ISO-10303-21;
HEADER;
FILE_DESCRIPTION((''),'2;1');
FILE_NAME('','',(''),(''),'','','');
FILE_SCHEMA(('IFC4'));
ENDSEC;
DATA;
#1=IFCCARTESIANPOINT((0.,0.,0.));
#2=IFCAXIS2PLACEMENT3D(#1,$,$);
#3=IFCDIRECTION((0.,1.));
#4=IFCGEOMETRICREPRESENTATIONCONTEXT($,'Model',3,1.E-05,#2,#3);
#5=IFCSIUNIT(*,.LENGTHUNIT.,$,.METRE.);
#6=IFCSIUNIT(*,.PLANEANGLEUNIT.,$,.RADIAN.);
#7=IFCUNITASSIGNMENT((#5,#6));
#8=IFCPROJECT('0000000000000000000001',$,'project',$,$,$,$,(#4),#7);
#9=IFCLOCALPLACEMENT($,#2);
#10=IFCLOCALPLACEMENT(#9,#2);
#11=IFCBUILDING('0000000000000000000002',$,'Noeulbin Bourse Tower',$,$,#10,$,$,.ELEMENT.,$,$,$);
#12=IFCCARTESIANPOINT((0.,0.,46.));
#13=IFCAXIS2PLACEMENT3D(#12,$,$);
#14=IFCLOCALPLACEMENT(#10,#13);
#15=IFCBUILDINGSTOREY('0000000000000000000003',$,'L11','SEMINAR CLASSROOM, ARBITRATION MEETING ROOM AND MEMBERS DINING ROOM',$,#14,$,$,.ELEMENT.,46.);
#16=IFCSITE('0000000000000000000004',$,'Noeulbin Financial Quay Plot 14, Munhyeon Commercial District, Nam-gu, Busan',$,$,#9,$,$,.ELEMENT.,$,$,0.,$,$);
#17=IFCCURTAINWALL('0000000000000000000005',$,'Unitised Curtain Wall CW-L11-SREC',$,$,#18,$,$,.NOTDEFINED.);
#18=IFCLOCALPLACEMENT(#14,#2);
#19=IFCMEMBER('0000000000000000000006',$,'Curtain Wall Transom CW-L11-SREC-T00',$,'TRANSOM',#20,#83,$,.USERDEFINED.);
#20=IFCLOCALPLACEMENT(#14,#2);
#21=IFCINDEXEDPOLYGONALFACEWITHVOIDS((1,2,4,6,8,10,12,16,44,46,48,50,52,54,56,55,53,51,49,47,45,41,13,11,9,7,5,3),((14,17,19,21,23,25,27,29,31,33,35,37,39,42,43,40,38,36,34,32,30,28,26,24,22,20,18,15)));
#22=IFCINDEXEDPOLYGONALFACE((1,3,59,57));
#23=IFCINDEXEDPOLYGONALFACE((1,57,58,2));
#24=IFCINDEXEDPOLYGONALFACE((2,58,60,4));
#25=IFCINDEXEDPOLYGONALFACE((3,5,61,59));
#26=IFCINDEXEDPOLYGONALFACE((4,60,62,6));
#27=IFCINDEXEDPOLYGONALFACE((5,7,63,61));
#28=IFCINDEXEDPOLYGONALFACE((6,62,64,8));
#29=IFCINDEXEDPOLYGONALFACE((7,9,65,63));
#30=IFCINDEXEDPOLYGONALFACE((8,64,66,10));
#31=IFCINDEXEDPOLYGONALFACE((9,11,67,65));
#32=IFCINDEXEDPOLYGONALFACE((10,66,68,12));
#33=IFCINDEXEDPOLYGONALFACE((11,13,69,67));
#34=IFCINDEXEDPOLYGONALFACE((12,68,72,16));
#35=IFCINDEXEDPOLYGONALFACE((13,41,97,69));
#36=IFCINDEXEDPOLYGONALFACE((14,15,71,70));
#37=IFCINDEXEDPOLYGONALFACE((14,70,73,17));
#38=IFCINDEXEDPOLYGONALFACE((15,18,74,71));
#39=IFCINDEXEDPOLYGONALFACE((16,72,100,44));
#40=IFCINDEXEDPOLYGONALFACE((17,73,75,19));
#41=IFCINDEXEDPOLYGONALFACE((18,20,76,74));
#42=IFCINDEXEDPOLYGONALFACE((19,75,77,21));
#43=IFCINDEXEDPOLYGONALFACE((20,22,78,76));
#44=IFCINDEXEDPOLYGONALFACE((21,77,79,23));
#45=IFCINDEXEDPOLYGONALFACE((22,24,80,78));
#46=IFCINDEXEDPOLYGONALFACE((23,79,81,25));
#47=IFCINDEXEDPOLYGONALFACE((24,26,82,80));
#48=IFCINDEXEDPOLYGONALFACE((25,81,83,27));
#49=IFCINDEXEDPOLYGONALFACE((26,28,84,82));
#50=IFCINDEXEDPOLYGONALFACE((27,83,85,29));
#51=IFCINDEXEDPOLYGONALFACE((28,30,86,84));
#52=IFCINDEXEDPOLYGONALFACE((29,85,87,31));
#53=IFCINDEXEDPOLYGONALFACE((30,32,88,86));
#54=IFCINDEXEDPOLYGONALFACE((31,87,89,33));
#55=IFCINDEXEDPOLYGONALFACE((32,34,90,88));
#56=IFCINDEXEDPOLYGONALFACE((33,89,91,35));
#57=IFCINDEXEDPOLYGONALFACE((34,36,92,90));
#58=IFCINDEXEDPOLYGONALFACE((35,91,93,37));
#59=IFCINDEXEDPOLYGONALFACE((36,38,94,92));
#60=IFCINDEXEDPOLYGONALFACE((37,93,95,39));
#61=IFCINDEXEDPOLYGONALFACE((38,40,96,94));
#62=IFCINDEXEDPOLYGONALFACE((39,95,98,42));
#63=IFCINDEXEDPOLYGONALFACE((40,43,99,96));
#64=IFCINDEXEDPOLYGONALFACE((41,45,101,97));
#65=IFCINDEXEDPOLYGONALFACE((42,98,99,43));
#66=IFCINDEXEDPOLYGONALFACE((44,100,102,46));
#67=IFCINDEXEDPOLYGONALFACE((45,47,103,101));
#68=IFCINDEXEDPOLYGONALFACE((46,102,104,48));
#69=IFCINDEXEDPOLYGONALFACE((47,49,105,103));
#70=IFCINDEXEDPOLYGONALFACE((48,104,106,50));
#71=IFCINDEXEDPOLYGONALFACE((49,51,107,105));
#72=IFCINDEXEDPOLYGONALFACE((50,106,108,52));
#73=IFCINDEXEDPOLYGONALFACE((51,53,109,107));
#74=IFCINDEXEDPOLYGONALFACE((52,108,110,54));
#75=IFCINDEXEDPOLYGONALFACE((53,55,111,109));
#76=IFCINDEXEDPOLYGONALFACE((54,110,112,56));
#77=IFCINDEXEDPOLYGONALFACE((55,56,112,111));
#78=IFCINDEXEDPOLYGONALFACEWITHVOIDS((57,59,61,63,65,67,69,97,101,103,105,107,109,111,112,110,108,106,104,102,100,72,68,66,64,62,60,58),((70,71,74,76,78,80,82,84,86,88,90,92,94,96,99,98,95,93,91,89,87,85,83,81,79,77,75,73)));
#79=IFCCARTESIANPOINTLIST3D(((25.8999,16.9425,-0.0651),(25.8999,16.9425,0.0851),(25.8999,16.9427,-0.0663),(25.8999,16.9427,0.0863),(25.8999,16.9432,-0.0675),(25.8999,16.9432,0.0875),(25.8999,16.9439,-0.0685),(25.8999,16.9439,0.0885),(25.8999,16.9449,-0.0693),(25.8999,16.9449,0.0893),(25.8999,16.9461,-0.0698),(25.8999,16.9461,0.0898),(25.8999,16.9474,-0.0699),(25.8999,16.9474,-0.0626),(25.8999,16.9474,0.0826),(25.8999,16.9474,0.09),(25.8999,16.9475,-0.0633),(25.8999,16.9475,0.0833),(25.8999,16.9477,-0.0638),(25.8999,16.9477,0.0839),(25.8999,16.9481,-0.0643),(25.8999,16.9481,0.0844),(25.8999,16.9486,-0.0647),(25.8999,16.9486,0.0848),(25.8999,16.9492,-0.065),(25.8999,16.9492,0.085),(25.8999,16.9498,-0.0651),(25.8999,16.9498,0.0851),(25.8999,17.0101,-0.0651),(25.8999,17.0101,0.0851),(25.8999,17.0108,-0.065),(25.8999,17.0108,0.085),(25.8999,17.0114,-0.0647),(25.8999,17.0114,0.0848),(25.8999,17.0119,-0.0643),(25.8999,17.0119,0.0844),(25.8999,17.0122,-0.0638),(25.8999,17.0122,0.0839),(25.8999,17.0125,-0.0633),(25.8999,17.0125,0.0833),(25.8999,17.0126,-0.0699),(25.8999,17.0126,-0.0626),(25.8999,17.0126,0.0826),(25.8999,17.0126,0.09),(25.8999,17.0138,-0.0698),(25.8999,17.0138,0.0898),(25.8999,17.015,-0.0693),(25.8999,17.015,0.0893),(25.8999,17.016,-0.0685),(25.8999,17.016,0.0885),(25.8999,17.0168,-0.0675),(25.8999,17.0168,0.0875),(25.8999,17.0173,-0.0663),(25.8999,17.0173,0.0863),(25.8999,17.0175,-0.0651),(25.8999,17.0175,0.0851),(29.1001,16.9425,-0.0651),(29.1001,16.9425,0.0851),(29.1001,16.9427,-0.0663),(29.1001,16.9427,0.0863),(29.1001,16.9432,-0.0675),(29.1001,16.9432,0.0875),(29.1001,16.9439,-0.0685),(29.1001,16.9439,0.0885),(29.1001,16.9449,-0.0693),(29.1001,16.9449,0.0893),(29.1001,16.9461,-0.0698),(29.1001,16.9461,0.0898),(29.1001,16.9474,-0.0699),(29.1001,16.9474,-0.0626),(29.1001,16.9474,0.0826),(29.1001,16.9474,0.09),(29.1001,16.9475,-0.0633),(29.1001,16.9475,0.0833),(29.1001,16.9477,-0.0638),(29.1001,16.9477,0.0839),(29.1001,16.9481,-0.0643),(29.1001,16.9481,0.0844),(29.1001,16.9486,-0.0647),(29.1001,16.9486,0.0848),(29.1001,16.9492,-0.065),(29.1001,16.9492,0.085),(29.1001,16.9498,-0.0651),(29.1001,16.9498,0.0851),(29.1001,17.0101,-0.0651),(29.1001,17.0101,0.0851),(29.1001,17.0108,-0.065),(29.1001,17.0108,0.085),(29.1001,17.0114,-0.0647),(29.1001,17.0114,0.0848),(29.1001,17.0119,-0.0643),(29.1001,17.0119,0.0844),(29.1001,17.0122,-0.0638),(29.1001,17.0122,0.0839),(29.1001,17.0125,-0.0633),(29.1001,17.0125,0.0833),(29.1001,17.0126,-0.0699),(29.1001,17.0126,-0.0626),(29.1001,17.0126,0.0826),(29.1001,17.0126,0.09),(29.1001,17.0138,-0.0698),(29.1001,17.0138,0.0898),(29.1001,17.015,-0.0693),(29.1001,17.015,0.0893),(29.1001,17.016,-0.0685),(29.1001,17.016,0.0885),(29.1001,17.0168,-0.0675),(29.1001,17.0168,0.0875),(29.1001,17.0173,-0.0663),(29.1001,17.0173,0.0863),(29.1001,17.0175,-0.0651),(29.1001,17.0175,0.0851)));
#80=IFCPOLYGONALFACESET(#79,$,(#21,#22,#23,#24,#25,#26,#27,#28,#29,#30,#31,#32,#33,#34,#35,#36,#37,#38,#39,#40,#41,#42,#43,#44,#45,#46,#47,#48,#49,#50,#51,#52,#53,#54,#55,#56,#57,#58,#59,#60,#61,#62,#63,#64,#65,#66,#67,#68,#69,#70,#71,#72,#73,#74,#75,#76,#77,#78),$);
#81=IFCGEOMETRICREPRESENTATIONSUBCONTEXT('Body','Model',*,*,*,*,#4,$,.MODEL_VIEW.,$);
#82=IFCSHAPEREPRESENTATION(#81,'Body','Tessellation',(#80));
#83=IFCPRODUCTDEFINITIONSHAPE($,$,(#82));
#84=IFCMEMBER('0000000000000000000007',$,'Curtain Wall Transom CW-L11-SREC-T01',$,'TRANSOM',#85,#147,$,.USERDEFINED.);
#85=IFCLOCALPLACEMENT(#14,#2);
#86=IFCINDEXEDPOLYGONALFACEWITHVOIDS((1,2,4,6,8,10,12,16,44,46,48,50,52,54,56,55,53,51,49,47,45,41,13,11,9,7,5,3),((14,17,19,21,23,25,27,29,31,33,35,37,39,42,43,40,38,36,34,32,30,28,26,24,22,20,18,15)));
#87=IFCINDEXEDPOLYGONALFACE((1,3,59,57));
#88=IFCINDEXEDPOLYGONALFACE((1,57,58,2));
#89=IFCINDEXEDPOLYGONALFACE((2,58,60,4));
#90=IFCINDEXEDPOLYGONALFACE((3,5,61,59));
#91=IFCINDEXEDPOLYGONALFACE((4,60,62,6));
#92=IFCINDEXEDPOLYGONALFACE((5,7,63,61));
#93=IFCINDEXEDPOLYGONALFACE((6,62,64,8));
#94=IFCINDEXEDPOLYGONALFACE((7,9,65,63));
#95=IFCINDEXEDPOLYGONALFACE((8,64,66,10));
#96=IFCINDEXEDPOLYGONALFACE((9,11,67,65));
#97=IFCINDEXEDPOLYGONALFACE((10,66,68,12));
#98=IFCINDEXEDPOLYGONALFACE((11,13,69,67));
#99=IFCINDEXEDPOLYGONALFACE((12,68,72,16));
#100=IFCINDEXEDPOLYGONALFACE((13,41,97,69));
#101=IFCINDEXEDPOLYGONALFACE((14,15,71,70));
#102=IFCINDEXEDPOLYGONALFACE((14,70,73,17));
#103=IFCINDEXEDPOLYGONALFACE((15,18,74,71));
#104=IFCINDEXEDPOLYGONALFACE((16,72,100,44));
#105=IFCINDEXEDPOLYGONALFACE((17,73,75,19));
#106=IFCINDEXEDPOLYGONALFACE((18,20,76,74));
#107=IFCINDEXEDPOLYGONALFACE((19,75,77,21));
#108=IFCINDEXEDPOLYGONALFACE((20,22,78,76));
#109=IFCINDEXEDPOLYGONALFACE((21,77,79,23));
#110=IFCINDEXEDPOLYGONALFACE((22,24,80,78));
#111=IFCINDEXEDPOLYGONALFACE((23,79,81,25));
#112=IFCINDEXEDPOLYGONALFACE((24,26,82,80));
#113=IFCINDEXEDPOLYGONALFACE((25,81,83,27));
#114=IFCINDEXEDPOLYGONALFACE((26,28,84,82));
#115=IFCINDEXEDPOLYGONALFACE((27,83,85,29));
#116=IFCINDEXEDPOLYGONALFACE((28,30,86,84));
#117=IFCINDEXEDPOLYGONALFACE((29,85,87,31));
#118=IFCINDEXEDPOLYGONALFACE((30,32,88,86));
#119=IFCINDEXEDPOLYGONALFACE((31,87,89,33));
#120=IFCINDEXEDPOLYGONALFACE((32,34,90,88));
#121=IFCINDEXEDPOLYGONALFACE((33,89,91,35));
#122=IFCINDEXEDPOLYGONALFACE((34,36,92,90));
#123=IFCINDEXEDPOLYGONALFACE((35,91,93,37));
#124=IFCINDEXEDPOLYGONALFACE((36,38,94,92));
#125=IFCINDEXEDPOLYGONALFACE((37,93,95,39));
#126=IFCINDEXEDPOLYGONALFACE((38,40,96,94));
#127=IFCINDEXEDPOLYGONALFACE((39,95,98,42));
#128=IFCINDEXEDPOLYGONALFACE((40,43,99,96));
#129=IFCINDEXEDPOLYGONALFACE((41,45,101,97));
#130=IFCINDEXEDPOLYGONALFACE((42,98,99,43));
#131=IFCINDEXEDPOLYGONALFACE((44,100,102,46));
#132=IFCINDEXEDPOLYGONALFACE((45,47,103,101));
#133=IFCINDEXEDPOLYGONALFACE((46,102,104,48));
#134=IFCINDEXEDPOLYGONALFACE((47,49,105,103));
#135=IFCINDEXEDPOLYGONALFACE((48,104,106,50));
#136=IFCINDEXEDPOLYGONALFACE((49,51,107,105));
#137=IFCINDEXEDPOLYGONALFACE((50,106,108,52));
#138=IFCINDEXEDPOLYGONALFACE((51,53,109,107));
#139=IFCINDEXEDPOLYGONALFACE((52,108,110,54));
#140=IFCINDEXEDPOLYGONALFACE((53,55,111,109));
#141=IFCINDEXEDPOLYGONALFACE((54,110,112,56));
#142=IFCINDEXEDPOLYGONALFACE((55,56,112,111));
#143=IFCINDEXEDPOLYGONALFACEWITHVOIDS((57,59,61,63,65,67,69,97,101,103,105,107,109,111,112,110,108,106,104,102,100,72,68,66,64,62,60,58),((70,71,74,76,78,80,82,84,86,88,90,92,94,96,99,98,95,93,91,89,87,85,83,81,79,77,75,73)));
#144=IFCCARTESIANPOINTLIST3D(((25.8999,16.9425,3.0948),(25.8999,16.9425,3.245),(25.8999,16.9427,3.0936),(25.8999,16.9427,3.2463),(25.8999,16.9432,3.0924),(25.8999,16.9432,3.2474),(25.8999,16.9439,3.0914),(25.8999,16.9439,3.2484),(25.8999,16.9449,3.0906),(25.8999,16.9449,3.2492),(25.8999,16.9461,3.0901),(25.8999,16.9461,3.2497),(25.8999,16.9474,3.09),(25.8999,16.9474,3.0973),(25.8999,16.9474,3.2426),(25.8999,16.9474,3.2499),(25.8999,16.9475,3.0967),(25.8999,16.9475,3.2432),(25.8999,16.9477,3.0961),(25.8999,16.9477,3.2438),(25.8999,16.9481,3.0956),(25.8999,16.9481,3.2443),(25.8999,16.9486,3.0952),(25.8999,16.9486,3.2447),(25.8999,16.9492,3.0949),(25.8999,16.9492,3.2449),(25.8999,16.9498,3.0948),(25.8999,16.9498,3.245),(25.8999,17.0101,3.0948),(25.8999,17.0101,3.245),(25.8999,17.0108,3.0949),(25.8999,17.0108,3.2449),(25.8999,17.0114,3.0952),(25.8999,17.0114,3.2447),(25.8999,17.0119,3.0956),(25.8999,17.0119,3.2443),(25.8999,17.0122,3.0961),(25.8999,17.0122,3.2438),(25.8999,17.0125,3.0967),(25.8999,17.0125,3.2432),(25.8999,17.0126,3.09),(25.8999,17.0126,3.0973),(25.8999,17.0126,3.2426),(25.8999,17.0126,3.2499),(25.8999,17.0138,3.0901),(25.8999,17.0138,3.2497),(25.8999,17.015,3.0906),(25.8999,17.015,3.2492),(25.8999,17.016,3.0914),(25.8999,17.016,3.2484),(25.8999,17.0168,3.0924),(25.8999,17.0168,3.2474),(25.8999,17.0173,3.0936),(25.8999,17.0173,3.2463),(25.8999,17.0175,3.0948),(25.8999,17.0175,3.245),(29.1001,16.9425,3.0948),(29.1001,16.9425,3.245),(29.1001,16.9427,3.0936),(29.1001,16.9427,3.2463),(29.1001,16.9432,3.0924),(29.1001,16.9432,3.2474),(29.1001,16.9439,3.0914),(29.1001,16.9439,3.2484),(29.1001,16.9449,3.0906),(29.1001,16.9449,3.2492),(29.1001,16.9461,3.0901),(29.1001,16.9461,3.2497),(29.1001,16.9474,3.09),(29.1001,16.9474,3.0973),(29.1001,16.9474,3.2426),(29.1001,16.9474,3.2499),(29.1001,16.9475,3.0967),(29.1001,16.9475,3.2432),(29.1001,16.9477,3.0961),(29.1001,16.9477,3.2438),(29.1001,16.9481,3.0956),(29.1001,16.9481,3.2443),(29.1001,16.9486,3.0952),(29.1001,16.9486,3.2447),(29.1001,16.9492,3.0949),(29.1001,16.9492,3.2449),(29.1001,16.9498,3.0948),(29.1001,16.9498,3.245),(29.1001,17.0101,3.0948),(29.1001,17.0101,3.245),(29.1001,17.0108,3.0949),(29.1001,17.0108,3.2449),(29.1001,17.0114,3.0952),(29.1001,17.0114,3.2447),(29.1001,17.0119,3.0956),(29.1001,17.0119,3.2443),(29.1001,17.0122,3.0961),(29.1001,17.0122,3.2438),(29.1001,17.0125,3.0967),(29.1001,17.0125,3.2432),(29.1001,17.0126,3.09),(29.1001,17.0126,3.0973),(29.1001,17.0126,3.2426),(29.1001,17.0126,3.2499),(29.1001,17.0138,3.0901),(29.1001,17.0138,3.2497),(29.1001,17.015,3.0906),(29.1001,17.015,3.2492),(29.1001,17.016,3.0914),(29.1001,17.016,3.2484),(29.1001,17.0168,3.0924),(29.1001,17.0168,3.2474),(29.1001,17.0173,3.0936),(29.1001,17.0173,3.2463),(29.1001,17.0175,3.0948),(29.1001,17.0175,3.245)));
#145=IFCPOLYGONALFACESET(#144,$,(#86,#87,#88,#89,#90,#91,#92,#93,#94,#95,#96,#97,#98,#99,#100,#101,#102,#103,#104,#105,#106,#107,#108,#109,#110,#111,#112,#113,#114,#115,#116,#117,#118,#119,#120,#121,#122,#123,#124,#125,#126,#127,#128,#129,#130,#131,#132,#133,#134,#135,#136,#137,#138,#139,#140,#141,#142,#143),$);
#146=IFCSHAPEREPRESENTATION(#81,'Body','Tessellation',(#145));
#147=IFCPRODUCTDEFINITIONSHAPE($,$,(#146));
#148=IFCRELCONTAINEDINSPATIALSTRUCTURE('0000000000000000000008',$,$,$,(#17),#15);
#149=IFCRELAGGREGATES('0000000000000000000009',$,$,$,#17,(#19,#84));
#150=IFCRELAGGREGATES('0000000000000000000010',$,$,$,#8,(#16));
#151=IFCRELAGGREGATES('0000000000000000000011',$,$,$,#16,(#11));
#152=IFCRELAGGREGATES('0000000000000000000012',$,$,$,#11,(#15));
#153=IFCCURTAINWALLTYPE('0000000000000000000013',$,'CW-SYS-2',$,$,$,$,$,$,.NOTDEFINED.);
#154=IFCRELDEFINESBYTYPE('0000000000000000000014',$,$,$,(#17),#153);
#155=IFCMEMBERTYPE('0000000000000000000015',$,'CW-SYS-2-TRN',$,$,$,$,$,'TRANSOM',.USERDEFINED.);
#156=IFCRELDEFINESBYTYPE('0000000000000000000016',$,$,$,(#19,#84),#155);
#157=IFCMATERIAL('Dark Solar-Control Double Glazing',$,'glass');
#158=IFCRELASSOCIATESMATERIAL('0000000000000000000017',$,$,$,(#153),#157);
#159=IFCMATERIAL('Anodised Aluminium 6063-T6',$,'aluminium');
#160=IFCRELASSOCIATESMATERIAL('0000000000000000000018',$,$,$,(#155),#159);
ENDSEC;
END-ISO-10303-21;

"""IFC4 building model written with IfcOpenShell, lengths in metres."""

from ifc_helpers import new_model, si_unit, direction, frame, origin, origin_2d, place, context, subcontext, project, spatial, hollow_rectangle, extrude, material, material_profile, profile_set, type_object, element, aggregate, save


model = new_model("IFC4")

# Units and contexts
model_context = context("Model", 3, precision=1e-05, world=origin(), true_north=direction((0.0, 1.0)))
body_context = subcontext(model_context, "Body", "Model", "MODEL_VIEW")
ifc_project = project(units=[si_unit("LENGTHUNIT", "METRE"), si_unit("PLANEANGLEUNIT", "RADIAN")], contexts=[model_context])

# Site, building, storey
site_placement = place(None, origin())
site = spatial("IfcSite", under=ifc_project, at=site_placement, Name="Noeulbin Financial Quay Plot 14, Munhyeon Commercial District, Nam-gu, Busan", CompositionType="ELEMENT", RefElevation=0.0)
building_placement = place(site_placement, origin())
building = spatial("IfcBuilding", under=site, at=building_placement, Name="Noeulbin Bourse Tower", CompositionType="ELEMENT")
storey_placement = place(building_placement, frame((0.0, 0.0, 46.0)))
storey = spatial("IfcBuildingStorey", under=building, at=storey_placement, Name="L11", Description="SEMINAR CLASSROOM, ARBITRATION MEETING ROOM AND MEMBERS DINING ROOM", CompositionType="ELEMENT", Elevation=46.0)

# Curtain wall
ifc_material_1 = material(Name="Dark Solar-Control Double Glazing", Category="glass")
curtain_wall_type = type_object("IfcCurtainWallType", Name="CW-SYS-2", PredefinedType="NOTDEFINED", material=ifc_material_1)
curtain_wall_1_placement = place(storey_placement, origin())
curtain_wall_1 = element("IfcCurtainWall", 1, at=curtain_wall_1_placement, inside=storey, type_object=curtain_wall_type, Name="Unitised Curtain Wall CW-L11-SREC", PredefinedType="NOTDEFINED")
ifc_material_2 = material(Name="Anodised Aluminium 6063-T6", Category="aluminium")

# Members
ifc_material_profile_1 = material_profile(ifc_material_2, hollow_rectangle(XDim=0.075, YDim=0.1599, WallThickness=0.0049, InnerFilletRadius=0.0024, OuterFilletRadius=0.0049, at=origin_2d()), Name="ALU-TRAN-75x160x5", Category="LoadBearing")
ifc_profile_set_1 = profile_set([ifc_material_profile_1], Name="Anodised Aluminium 6063-T6")
member_type_1 = type_object("IfcMemberType", Name="CW-SYS-2-TRN", ElementType="TRANSOM", PredefinedType="USERDEFINED", material=ifc_profile_set_1)
member_1_placement = place(storey_placement, frame((25.8999, 16.98, 0.01), z_axis=(1.0, 0.0, 0.0), x_axis=(0.0, 1.0, 0.0)))
member_1 = element("IfcMember", 2, at=member_1_placement, type_object=member_type_1, Name="Curtain Wall Transom CW-L11-SREC-T00", ObjectType="TRANSOM", PredefinedType="USERDEFINED", context=body_context, shape_type="SweptSolid", body=[
    extrude(hollow_rectangle(XDim=0.075, YDim=0.1599, WallThickness=0.0049, InnerFilletRadius=0.0024, OuterFilletRadius=0.0049, at=origin_2d()), origin(), (0.0, 0.0, 1.0), 3.2002),
])
member_2_placement = place(storey_placement, frame((25.8999, 16.98, 3.1699), z_axis=(1.0, 0.0, 0.0), x_axis=(0.0, 1.0, 0.0)))
member_2 = element("IfcMember", 3, at=member_2_placement, type_object=member_type_1, Name="Curtain Wall Transom CW-L11-SREC-T01", ObjectType="TRANSOM", PredefinedType="USERDEFINED", context=body_context, shape_type="SweptSolid", body=[
    extrude(hollow_rectangle(XDim=0.075, YDim=0.1599, WallThickness=0.0049, InnerFilletRadius=0.0024, OuterFilletRadius=0.0049, at=origin_2d()), origin(), (0.0, 0.0, 1.0), 3.2002),
])

aggregate(curtain_wall_1, [member_1, member_2])

save(model, "model.ifc")
